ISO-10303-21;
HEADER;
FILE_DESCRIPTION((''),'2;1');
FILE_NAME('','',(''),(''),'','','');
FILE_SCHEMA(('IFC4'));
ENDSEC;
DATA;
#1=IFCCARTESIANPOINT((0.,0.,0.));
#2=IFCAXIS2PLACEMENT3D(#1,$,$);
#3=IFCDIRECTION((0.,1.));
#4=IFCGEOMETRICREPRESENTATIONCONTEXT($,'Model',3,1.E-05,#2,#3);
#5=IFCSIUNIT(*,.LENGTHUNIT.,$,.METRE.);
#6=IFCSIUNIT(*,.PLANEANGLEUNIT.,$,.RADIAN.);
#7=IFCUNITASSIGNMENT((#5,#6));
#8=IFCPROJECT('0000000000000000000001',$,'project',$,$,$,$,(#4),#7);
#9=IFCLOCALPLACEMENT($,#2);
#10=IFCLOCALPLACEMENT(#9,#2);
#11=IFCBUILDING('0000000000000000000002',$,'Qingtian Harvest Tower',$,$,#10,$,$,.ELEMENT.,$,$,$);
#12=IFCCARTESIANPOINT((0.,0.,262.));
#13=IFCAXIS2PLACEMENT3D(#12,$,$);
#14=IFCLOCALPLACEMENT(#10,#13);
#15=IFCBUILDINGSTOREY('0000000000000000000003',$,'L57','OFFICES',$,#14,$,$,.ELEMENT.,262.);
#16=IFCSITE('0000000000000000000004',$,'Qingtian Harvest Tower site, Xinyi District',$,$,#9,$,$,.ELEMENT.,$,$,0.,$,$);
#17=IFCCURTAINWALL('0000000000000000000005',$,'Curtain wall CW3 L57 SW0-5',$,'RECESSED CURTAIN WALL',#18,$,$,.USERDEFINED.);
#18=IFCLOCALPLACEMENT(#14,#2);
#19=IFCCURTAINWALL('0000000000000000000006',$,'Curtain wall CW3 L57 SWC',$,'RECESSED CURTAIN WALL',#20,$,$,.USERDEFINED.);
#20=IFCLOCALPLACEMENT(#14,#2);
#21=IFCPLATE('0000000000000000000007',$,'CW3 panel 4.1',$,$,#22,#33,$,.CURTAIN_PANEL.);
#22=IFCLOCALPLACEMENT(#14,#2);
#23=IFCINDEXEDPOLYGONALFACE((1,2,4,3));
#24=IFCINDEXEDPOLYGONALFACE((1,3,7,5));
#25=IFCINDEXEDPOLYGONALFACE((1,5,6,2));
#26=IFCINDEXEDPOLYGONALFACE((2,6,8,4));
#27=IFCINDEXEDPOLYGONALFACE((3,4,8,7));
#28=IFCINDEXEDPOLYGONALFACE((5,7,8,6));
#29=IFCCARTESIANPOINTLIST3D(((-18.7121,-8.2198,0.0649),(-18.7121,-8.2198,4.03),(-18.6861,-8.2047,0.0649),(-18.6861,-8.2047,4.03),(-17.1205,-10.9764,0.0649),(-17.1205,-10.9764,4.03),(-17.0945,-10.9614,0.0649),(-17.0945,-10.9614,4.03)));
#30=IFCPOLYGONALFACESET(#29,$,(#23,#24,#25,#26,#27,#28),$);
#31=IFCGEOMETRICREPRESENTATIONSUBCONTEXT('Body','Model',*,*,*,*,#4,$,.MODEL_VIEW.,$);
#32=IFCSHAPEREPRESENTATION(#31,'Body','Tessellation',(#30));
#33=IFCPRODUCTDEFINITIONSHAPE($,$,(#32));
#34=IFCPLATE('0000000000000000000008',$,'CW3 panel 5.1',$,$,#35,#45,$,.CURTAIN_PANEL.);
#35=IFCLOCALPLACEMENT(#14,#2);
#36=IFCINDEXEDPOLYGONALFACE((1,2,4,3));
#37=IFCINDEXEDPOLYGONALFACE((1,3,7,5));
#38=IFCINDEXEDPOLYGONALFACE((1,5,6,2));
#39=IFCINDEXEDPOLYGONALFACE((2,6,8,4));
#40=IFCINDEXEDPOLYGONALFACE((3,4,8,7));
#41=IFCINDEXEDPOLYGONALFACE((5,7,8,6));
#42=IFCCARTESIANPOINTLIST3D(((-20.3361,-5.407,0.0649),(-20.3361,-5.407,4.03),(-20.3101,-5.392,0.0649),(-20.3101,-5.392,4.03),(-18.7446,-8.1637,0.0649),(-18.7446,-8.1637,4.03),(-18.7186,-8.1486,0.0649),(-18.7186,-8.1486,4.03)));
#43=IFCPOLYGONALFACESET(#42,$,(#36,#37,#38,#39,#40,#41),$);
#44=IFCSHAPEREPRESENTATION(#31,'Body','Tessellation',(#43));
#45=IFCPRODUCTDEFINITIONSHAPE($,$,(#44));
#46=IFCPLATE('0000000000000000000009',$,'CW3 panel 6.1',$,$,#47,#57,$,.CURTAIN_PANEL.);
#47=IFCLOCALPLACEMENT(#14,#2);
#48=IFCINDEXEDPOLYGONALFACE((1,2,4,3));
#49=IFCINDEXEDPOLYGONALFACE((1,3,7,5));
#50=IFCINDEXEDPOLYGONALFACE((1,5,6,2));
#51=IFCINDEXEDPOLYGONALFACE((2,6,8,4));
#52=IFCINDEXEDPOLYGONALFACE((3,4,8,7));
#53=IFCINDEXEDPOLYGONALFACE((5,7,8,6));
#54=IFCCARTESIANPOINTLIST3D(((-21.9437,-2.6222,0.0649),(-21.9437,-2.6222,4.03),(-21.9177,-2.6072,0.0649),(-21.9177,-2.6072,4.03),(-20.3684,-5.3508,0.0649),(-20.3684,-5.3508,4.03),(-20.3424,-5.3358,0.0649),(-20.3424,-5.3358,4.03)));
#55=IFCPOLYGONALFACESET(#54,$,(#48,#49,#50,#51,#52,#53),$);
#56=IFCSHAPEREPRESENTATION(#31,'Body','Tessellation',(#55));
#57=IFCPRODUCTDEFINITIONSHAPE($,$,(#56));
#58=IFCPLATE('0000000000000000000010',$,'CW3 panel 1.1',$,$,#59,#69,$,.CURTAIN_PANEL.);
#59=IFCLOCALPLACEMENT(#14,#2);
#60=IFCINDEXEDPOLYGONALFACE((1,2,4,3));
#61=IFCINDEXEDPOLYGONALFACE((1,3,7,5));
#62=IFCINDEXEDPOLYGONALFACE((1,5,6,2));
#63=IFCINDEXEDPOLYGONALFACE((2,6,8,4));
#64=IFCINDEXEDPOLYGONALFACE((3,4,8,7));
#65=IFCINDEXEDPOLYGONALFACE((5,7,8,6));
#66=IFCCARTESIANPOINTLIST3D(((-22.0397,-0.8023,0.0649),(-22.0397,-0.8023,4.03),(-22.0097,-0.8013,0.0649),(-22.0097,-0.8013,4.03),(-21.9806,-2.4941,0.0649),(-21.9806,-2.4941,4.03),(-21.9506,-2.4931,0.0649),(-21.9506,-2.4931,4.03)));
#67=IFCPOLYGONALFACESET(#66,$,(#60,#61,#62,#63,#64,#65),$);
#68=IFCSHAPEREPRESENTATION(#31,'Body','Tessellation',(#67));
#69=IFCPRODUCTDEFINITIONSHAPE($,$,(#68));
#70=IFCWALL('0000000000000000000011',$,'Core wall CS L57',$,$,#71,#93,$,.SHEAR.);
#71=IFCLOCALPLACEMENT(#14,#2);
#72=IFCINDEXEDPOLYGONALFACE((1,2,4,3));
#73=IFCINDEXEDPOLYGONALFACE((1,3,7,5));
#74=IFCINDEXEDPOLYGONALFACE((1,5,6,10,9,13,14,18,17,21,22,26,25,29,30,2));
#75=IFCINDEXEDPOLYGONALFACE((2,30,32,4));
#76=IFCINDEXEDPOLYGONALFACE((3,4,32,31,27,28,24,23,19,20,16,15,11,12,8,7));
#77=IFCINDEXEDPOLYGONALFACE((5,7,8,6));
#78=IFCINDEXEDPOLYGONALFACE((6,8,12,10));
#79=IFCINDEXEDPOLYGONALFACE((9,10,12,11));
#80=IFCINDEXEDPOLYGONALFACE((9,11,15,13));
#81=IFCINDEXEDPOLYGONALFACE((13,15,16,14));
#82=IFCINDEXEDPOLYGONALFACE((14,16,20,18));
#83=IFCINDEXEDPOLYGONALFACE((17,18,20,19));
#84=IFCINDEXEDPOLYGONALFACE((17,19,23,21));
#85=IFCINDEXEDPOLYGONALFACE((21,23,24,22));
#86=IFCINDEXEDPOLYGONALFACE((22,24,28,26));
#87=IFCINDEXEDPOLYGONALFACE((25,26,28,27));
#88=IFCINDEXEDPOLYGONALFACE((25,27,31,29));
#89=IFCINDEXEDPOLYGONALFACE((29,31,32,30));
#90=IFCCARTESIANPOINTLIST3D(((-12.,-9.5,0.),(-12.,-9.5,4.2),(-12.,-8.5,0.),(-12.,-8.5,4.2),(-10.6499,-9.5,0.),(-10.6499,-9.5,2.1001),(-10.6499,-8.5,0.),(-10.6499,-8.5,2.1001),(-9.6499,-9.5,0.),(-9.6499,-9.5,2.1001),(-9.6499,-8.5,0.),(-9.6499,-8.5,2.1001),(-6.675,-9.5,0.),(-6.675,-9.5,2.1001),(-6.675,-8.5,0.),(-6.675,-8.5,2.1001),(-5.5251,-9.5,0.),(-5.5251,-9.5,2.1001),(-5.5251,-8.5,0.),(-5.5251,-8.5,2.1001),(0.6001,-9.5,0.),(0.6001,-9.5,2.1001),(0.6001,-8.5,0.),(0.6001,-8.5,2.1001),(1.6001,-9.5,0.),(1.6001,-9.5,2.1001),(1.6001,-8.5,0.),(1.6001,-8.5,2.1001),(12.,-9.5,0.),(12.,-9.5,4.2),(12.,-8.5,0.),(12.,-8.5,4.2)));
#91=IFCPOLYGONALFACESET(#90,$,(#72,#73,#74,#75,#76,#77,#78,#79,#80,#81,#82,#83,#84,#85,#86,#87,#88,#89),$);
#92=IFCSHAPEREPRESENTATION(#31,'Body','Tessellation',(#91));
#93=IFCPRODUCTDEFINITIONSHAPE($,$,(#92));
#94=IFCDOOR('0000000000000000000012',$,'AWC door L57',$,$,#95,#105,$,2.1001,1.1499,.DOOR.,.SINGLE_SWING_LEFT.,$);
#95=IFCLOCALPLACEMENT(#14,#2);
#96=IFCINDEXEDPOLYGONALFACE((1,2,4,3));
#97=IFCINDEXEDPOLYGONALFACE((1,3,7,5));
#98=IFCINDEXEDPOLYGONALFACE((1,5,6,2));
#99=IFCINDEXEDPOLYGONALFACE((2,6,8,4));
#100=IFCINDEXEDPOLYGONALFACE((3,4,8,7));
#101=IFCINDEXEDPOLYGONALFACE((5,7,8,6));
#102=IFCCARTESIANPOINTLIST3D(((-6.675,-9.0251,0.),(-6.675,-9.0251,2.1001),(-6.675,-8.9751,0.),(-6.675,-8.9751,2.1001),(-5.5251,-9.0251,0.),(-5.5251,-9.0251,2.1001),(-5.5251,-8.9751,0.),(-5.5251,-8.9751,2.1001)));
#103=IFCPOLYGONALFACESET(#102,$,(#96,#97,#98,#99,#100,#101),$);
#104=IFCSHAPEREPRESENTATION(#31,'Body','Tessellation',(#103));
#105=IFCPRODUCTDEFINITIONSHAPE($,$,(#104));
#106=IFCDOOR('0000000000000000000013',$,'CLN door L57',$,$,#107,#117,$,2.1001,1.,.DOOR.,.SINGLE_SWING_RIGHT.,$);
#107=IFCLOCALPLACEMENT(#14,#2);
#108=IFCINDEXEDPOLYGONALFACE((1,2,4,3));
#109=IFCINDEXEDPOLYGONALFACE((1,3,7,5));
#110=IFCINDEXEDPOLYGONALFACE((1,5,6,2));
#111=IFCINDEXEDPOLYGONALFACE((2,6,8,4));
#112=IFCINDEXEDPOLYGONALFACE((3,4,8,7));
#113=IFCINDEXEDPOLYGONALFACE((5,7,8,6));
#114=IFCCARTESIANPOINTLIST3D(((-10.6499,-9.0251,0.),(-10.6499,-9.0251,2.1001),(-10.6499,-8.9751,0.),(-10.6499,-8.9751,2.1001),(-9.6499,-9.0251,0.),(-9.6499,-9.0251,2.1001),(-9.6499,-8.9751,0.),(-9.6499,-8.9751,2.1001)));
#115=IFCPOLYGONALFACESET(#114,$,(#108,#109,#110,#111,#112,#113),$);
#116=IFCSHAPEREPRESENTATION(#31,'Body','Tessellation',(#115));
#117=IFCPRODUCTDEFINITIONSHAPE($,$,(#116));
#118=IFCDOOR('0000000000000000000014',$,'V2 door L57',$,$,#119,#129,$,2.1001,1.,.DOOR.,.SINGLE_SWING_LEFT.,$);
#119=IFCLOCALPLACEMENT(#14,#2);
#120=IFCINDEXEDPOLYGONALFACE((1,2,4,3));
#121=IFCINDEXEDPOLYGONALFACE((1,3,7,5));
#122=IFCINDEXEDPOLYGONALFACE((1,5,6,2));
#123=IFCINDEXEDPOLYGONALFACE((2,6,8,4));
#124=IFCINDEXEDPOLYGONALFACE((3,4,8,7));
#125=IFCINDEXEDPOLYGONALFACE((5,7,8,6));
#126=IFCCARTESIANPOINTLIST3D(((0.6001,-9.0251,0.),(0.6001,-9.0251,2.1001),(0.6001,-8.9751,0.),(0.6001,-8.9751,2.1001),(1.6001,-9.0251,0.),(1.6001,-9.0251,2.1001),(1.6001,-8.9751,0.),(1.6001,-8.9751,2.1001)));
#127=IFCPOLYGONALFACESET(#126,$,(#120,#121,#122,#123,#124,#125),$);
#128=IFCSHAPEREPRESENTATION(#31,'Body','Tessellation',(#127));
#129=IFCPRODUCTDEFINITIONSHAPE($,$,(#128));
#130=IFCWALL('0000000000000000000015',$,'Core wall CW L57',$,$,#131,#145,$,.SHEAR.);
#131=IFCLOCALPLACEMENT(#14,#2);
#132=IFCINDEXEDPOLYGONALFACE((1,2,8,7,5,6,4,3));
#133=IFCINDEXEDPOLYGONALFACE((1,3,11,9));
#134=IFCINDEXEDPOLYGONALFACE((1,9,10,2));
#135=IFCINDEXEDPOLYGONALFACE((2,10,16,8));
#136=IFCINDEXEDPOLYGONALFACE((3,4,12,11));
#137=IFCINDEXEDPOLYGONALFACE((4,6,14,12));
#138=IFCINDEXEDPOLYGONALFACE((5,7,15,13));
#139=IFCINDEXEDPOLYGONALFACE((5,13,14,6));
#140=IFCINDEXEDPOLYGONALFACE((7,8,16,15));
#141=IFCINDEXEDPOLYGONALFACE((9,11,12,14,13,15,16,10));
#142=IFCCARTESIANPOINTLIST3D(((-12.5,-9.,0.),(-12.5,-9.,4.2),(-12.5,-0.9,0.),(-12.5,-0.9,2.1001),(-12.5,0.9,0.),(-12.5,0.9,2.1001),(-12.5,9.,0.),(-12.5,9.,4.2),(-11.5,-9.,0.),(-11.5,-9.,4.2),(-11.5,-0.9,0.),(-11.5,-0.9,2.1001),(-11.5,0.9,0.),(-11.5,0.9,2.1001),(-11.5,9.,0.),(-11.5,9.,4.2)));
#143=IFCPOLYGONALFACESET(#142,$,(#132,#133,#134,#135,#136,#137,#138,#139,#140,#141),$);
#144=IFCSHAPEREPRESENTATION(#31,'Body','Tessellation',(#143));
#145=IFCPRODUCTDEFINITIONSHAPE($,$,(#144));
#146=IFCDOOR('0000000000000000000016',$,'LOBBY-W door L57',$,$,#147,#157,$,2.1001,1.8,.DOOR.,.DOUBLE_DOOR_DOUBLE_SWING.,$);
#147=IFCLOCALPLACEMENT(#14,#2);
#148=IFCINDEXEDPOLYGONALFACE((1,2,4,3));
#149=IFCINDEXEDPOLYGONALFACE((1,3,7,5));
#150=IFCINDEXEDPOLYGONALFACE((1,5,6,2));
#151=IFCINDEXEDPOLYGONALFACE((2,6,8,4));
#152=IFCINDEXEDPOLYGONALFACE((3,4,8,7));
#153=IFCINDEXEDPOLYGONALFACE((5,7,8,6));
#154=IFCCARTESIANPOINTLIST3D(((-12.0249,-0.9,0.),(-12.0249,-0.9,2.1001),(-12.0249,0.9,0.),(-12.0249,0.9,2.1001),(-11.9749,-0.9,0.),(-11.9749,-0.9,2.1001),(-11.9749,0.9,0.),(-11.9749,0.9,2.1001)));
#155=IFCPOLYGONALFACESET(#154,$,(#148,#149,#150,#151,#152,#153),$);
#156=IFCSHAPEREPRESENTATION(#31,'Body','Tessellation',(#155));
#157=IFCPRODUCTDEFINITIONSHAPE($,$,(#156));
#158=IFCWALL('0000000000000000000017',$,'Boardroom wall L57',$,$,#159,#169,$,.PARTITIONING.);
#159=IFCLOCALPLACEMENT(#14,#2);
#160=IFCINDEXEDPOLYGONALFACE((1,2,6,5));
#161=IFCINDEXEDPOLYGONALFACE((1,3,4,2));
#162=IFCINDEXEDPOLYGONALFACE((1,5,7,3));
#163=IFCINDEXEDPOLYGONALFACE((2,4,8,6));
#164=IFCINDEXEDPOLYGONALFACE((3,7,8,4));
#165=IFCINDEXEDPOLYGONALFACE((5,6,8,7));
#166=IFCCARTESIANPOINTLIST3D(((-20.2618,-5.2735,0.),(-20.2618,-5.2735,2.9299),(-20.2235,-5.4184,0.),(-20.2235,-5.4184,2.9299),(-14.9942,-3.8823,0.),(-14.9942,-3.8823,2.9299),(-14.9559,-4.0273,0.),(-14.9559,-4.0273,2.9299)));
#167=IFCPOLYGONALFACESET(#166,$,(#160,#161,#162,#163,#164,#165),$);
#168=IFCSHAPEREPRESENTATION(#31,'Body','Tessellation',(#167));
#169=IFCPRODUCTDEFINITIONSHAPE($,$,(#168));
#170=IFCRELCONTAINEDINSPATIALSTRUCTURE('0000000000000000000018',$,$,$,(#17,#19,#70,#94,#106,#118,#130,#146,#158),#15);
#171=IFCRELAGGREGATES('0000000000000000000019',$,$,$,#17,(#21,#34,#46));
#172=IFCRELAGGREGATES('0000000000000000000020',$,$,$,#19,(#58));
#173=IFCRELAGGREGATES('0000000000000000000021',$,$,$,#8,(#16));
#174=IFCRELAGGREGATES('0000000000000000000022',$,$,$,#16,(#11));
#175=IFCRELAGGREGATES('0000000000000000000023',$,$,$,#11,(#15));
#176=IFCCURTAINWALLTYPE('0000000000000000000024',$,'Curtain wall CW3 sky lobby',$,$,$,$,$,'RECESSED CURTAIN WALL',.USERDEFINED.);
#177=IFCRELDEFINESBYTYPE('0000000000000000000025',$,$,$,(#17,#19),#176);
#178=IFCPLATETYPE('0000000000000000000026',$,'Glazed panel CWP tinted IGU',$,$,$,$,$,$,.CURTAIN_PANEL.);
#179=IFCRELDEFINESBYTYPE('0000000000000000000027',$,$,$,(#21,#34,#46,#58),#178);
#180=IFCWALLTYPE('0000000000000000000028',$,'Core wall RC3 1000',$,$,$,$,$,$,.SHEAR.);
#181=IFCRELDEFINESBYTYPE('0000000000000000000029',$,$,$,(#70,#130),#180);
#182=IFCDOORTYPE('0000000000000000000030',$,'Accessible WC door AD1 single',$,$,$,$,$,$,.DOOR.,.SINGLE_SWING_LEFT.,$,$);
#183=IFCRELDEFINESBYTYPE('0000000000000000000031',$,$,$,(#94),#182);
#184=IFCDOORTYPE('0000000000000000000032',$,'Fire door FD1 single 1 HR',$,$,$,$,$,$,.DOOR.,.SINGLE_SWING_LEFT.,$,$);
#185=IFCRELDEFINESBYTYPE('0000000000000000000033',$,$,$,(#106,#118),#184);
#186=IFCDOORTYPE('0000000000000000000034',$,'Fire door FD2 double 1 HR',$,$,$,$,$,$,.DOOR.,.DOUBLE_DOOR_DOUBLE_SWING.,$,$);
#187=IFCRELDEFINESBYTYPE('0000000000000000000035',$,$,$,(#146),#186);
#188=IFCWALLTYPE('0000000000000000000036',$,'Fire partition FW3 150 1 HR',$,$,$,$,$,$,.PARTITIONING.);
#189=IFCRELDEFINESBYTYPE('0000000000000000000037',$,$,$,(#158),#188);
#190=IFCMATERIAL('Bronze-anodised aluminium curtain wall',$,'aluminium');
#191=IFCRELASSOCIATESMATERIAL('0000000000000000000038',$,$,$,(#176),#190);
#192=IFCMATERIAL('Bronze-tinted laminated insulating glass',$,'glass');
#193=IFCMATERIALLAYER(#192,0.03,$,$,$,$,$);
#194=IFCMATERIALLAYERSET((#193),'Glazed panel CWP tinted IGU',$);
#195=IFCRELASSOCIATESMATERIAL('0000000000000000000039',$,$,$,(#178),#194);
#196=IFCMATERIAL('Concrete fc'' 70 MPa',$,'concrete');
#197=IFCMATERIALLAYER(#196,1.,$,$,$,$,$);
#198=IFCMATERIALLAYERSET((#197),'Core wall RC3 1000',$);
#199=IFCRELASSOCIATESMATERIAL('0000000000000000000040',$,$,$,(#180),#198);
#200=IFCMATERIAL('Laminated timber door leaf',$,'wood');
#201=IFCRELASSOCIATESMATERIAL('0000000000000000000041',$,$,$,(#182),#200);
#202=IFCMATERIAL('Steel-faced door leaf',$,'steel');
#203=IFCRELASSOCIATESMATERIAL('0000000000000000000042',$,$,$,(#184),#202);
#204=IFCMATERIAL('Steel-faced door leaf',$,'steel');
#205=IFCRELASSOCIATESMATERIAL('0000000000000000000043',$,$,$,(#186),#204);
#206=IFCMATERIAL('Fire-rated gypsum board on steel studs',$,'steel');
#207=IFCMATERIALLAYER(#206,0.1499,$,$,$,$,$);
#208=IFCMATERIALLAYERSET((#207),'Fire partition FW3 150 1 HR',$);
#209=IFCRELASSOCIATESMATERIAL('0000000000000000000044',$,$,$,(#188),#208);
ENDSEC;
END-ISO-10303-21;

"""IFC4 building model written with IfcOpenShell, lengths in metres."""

from ifc_helpers import new_model, si_unit, direction, frame, frame_2d, origin, origin_2d, place, context, subcontext, project, spatial, rectangle, extrude, material, layer, layer_set, type_object, element, fill, aggregate, save


model = new_model("IFC4")

# Units and contexts
model_context = context("Model", 3, precision=1e-05, world=origin(), true_north=direction((0.0, 1.0)))
body_context = subcontext(model_context, "Body", "Model", "MODEL_VIEW")
ifc_project = project(units=[si_unit("LENGTHUNIT", "METRE"), si_unit("PLANEANGLEUNIT", "RADIAN")], contexts=[model_context])

# Site, building, storey
site_placement = place(None, origin())
site = spatial("IfcSite", under=ifc_project, at=site_placement, Name="Qingtian Harvest Tower site, Xinyi District", CompositionType="ELEMENT", RefElevation=0.0)
building_placement = place(site_placement, origin())
building = spatial("IfcBuilding", under=site, at=building_placement, Name="Qingtian Harvest Tower", CompositionType="ELEMENT")
storey_placement = place(building_placement, frame((0.0, 0.0, 262.0)))
storey = spatial("IfcBuildingStorey", under=building, at=storey_placement, Name="L57", Description="OFFICES", CompositionType="ELEMENT", Elevation=262.0)

# Curtain walls
ifc_material_1 = material(Name="Bronze-anodised aluminium curtain wall", Category="aluminium")
curtain_wall_type = type_object("IfcCurtainWallType", Name="Curtain wall CW3 sky lobby", ElementType="RECESSED CURTAIN WALL", PredefinedType="USERDEFINED", material=ifc_material_1)
curtain_wall_1_placement = place(storey_placement, origin())
curtain_wall_1 = element("IfcCurtainWall", 1, at=curtain_wall_1_placement, inside=storey, type_object=curtain_wall_type, Name="Curtain wall CW3 L57 SW0-5", ObjectType="RECESSED CURTAIN WALL", PredefinedType="USERDEFINED")
curtain_wall_2_placement = place(storey_placement, origin())
curtain_wall_2 = element("IfcCurtainWall", 2, at=curtain_wall_2_placement, inside=storey, type_object=curtain_wall_type, Name="Curtain wall CW3 L57 SWC", ObjectType="RECESSED CURTAIN WALL", PredefinedType="USERDEFINED")

# Plates
ifc_material_2 = material(Name="Bronze-tinted laminated insulating glass", Category="glass")
ifc_layer_1 = layer(ifc_material_2, 0.03)
ifc_layer_set_1 = layer_set([ifc_layer_1], Name="Glazed panel CWP tinted IGU")
plate_type = type_object("IfcPlateType", Name="Glazed panel CWP tinted IGU", PredefinedType="CURTAIN_PANEL", material=ifc_layer_set_1)
plate_1_placement = place(storey_placement, frame((-17.9033, -9.5906, 0.0649), z_axis=(0.0, 0.0, 1.0), x_axis=(-0.5, 0.866025, 0.0)))
plate_1 = element("IfcPlate", 3, at=plate_1_placement, type_object=plate_type, Name="CW3 panel 4.1", PredefinedType="CURTAIN_PANEL", context=body_context, shape_type="SweptSolid", body=[
    extrude(rectangle(XDim=3.1831, YDim=0.03, at=origin_2d()), origin(), (0.0, 0.0, 1.0), 3.9651),
])
plate_2_placement = place(storey_placement, frame((-19.5273, -6.7778, 0.0649), z_axis=(0.0, 0.0, 1.0), x_axis=(-0.5, 0.866025, 0.0)))
plate_2 = element("IfcPlate", 4, at=plate_2_placement, type_object=plate_type, Name="CW3 panel 5.1", PredefinedType="CURTAIN_PANEL", context=body_context, shape_type="SweptSolid", body=[
    extrude(rectangle(XDim=3.1831, YDim=0.03, at=origin_2d()), origin(), (0.0, 0.0, 1.0), 3.9651),
])
plate_3_placement = place(storey_placement, frame((-21.1431, -3.979, 0.0649), z_axis=(0.0, 0.0, 1.0), x_axis=(-0.5, 0.866025, 0.0)))
plate_3 = element("IfcPlate", 5, at=plate_3_placement, type_object=plate_type, Name="CW3 panel 6.1", PredefinedType="CURTAIN_PANEL", context=body_context, shape_type="SweptSolid", body=[
    extrude(rectangle(XDim=3.1506, YDim=0.03, at=origin_2d()), origin(), (0.0, 0.0, 1.0), 3.9651),
])
aggregate(curtain_wall_1, [plate_1, plate_2, plate_3])
plate_4_placement = place(storey_placement, frame((-21.9951, -1.6477, 0.0649), z_axis=(0.0, 0.0, 1.0), x_axis=(-0.034899, 0.999391, 0.0)))
plate_4 = element("IfcPlate", 6, at=plate_4_placement, type_object=plate_type, Name="CW3 panel 1.1", PredefinedType="CURTAIN_PANEL", context=body_context, shape_type="SweptSolid", body=[
    extrude(rectangle(XDim=1.6929, YDim=0.03, at=origin_2d()), origin(), (0.0, 0.0, 1.0), 3.9651),
])
aggregate(curtain_wall_2, [plate_4])

# Wall, openings, doors
ifc_material_3 = material(Name="Concrete fc' 70 MPa", Category="concrete")
ifc_layer_2 = layer(ifc_material_3, 1.0)
ifc_layer_set_2 = layer_set([ifc_layer_2], Name="Core wall RC3 1000")
wall_type_1 = type_object("IfcWallType", Name="Core wall RC3 1000", PredefinedType="SHEAR", material=ifc_layer_set_2)
wall_1_placement = place(storey_placement, frame((-12.0, -9.0, 0.0), z_axis=(0.0, 0.0, 1.0), x_axis=(1.0, 0.0, 0.0)))
wall_1 = element("IfcWall", 7, at=wall_1_placement, inside=storey, type_object=wall_type_1, Name="Core wall CS L57", PredefinedType="SHEAR", context=body_context, shape_type="SweptSolid", body=[
    extrude(rectangle(XDim=24.0, YDim=1.0, at=frame_2d((12.0, 0.0))), origin(), (0.0, 0.0, 1.0), 4.2),
])
opening_1_placement = place(wall_1_placement, frame((1.3501, 0.0, 0.0)))
opening_1 = element("IfcOpeningElement", 8, at=opening_1_placement, cuts=wall_1, PredefinedType="OPENING", context=body_context, shape_type="SweptSolid", body=[
    extrude(rectangle(XDim=1.0, YDim=2.1001, at=frame_2d((0.5, 1.05))), frame((0.0, 0.51, 0.0), z_axis=(0.0, -1.0, 0.0), x_axis=(1.0, 0.0, 0.0)), (0.0, 0.0, 1.0), 1.02),
])
opening_2_placement = place(wall_1_placement, frame((5.325, 0.0, 0.0)))
opening_2 = element("IfcOpeningElement", 9, at=opening_2_placement, cuts=wall_1, PredefinedType="OPENING", context=body_context, shape_type="SweptSolid", body=[
    extrude(rectangle(XDim=1.1499, YDim=2.1001, at=frame_2d((0.575, 1.05))), frame((0.0, 0.51, 0.0), z_axis=(0.0, -1.0, 0.0), x_axis=(1.0, 0.0, 0.0)), (0.0, 0.0, 1.0), 1.02),
])
opening_3_placement = place(wall_1_placement, frame((12.6001, 0.0, 0.0)))
opening_3 = element("IfcOpeningElement", 10, at=opening_3_placement, cuts=wall_1, PredefinedType="OPENING", context=body_context, shape_type="SweptSolid", body=[
    extrude(rectangle(XDim=1.0, YDim=2.1001, at=frame_2d((0.5, 1.05))), frame((0.0, 0.51, 0.0), z_axis=(0.0, -1.0, 0.0), x_axis=(1.0, 0.0, 0.0)), (0.0, 0.0, 1.0), 1.02),
])
ifc_material_4 = material(Name="Laminated timber door leaf", Category="wood")
door_type_1 = type_object("IfcDoorType", Name="Accessible WC door AD1 single", OperationType="SINGLE_SWING_LEFT", PredefinedType="DOOR", material=ifc_material_4)
door_1_placement = place(opening_2_placement, origin())
door_1 = element("IfcDoor", 11, at=door_1_placement, inside=storey, type_object=door_type_1, Name="AWC door L57", OperationType="SINGLE_SWING_LEFT", OverallHeight=2.1001, OverallWidth=1.1499, PredefinedType="DOOR", context=body_context, shape_type="SweptSolid", body=[
    extrude(rectangle(XDim=1.1499, YDim=2.1001, at=frame_2d((0.575, 1.05))), frame((0.0, 0.0249, 0.0), z_axis=(0.0, -1.0, 0.0), x_axis=(1.0, 0.0, 0.0)), (0.0, 0.0, 1.0), 0.05),
])
fill(opening_2, door_1)
ifc_material_5 = material(Name="Steel-faced door leaf", Category="steel")
door_type_2 = type_object("IfcDoorType", Name="Fire door FD1 single 1 HR", OperationType="SINGLE_SWING_LEFT", PredefinedType="DOOR", material=ifc_material_5)
door_2_placement = place(opening_1_placement, origin())
door_2 = element("IfcDoor", 12, at=door_2_placement, inside=storey, type_object=door_type_2, Name="CLN door L57", OperationType="SINGLE_SWING_RIGHT", OverallHeight=2.1001, OverallWidth=1.0, PredefinedType="DOOR", context=body_context, shape_type="SweptSolid", body=[
    extrude(rectangle(XDim=1.0, YDim=2.1001, at=frame_2d((0.5, 1.05))), frame((0.0, 0.0249, 0.0), z_axis=(0.0, -1.0, 0.0), x_axis=(1.0, 0.0, 0.0)), (0.0, 0.0, 1.0), 0.05),
])
fill(opening_1, door_2)
door_3_placement = place(opening_3_placement, origin())
door_3 = element("IfcDoor", 13, at=door_3_placement, inside=storey, type_object=door_type_2, Name="V2 door L57", OperationType="SINGLE_SWING_LEFT", OverallHeight=2.1001, OverallWidth=1.0, PredefinedType="DOOR", context=body_context, shape_type="SweptSolid", body=[
    extrude(rectangle(XDim=1.0, YDim=2.1001, at=frame_2d((0.5, 1.05))), frame((0.0, 0.0249, 0.0), z_axis=(0.0, -1.0, 0.0), x_axis=(1.0, 0.0, 0.0)), (0.0, 0.0, 1.0), 0.05),
])
fill(opening_3, door_3)

# Wall, opening, door
wall_2_placement = place(storey_placement, frame((-12.0, -9.0, 0.0), z_axis=(0.0, 0.0, 1.0), x_axis=(0.0, 1.0, 0.0)))
wall_2 = element("IfcWall", 14, at=wall_2_placement, inside=storey, type_object=wall_type_1, Name="Core wall CW L57", PredefinedType="SHEAR", context=body_context, shape_type="SweptSolid", body=[
    extrude(rectangle(XDim=18.0, YDim=1.0, at=frame_2d((9.0, 0.0))), origin(), (0.0, 0.0, 1.0), 4.2),
])
opening_4_placement = place(wall_2_placement, frame((8.1001, 0.0, 0.0)))
opening_4 = element("IfcOpeningElement", 15, at=opening_4_placement, cuts=wall_2, PredefinedType="OPENING", context=body_context, shape_type="SweptSolid", body=[
    extrude(rectangle(XDim=1.8, YDim=2.1001, at=frame_2d((0.8999, 1.05))), frame((0.0, 0.51, 0.0), z_axis=(0.0, -1.0, 0.0), x_axis=(1.0, 0.0, 0.0)), (0.0, 0.0, 1.0), 1.02),
])
ifc_material_6 = material(Name="Steel-faced door leaf", Category="steel")
door_type_3 = type_object("IfcDoorType", Name="Fire door FD2 double 1 HR", OperationType="DOUBLE_DOOR_DOUBLE_SWING", PredefinedType="DOOR", material=ifc_material_6)
door_4_placement = place(opening_4_placement, origin())
door_4 = element("IfcDoor", 16, at=door_4_placement, inside=storey, type_object=door_type_3, Name="LOBBY-W door L57", OperationType="DOUBLE_DOOR_DOUBLE_SWING", OverallHeight=2.1001, OverallWidth=1.8, PredefinedType="DOOR", context=body_context, shape_type="SweptSolid", body=[
    extrude(rectangle(XDim=1.8, YDim=2.1001, at=frame_2d((0.8999, 1.05))), frame((0.0, 0.0249, 0.0), z_axis=(0.0, -1.0, 0.0), x_axis=(1.0, 0.0, 0.0)), (0.0, 0.0, 1.0), 0.05),
])
fill(opening_4, door_4)

# Wall
ifc_material_7 = material(Name="Fire-rated gypsum board on steel studs", Category="steel")
ifc_layer_3 = layer(ifc_material_7, 0.1499)
ifc_layer_set_3 = layer_set([ifc_layer_3], Name="Fire partition FW3 150 1 HR")
wall_type_2 = type_object("IfcWallType", Name="Fire partition FW3 150 1 HR", PredefinedType="PARTITIONING", material=ifc_layer_set_3)
wall_3_placement = place(storey_placement, frame((-20.2427, -5.3459, 0.0), z_axis=(0.0, 0.0, 1.0), x_axis=(0.966852, 0.255336, 0.0)))
element("IfcWall", 17, at=wall_3_placement, inside=storey, type_object=wall_type_2, Name="Boardroom wall L57", PredefinedType="PARTITIONING", context=body_context, shape_type="SweptSolid", body=[
    extrude(rectangle(XDim=5.4482, YDim=0.1499, at=frame_2d((2.7241, 0.0))), origin(), (0.0, 0.0, 1.0), 2.9299),
])

save(model, "model.ifc")
